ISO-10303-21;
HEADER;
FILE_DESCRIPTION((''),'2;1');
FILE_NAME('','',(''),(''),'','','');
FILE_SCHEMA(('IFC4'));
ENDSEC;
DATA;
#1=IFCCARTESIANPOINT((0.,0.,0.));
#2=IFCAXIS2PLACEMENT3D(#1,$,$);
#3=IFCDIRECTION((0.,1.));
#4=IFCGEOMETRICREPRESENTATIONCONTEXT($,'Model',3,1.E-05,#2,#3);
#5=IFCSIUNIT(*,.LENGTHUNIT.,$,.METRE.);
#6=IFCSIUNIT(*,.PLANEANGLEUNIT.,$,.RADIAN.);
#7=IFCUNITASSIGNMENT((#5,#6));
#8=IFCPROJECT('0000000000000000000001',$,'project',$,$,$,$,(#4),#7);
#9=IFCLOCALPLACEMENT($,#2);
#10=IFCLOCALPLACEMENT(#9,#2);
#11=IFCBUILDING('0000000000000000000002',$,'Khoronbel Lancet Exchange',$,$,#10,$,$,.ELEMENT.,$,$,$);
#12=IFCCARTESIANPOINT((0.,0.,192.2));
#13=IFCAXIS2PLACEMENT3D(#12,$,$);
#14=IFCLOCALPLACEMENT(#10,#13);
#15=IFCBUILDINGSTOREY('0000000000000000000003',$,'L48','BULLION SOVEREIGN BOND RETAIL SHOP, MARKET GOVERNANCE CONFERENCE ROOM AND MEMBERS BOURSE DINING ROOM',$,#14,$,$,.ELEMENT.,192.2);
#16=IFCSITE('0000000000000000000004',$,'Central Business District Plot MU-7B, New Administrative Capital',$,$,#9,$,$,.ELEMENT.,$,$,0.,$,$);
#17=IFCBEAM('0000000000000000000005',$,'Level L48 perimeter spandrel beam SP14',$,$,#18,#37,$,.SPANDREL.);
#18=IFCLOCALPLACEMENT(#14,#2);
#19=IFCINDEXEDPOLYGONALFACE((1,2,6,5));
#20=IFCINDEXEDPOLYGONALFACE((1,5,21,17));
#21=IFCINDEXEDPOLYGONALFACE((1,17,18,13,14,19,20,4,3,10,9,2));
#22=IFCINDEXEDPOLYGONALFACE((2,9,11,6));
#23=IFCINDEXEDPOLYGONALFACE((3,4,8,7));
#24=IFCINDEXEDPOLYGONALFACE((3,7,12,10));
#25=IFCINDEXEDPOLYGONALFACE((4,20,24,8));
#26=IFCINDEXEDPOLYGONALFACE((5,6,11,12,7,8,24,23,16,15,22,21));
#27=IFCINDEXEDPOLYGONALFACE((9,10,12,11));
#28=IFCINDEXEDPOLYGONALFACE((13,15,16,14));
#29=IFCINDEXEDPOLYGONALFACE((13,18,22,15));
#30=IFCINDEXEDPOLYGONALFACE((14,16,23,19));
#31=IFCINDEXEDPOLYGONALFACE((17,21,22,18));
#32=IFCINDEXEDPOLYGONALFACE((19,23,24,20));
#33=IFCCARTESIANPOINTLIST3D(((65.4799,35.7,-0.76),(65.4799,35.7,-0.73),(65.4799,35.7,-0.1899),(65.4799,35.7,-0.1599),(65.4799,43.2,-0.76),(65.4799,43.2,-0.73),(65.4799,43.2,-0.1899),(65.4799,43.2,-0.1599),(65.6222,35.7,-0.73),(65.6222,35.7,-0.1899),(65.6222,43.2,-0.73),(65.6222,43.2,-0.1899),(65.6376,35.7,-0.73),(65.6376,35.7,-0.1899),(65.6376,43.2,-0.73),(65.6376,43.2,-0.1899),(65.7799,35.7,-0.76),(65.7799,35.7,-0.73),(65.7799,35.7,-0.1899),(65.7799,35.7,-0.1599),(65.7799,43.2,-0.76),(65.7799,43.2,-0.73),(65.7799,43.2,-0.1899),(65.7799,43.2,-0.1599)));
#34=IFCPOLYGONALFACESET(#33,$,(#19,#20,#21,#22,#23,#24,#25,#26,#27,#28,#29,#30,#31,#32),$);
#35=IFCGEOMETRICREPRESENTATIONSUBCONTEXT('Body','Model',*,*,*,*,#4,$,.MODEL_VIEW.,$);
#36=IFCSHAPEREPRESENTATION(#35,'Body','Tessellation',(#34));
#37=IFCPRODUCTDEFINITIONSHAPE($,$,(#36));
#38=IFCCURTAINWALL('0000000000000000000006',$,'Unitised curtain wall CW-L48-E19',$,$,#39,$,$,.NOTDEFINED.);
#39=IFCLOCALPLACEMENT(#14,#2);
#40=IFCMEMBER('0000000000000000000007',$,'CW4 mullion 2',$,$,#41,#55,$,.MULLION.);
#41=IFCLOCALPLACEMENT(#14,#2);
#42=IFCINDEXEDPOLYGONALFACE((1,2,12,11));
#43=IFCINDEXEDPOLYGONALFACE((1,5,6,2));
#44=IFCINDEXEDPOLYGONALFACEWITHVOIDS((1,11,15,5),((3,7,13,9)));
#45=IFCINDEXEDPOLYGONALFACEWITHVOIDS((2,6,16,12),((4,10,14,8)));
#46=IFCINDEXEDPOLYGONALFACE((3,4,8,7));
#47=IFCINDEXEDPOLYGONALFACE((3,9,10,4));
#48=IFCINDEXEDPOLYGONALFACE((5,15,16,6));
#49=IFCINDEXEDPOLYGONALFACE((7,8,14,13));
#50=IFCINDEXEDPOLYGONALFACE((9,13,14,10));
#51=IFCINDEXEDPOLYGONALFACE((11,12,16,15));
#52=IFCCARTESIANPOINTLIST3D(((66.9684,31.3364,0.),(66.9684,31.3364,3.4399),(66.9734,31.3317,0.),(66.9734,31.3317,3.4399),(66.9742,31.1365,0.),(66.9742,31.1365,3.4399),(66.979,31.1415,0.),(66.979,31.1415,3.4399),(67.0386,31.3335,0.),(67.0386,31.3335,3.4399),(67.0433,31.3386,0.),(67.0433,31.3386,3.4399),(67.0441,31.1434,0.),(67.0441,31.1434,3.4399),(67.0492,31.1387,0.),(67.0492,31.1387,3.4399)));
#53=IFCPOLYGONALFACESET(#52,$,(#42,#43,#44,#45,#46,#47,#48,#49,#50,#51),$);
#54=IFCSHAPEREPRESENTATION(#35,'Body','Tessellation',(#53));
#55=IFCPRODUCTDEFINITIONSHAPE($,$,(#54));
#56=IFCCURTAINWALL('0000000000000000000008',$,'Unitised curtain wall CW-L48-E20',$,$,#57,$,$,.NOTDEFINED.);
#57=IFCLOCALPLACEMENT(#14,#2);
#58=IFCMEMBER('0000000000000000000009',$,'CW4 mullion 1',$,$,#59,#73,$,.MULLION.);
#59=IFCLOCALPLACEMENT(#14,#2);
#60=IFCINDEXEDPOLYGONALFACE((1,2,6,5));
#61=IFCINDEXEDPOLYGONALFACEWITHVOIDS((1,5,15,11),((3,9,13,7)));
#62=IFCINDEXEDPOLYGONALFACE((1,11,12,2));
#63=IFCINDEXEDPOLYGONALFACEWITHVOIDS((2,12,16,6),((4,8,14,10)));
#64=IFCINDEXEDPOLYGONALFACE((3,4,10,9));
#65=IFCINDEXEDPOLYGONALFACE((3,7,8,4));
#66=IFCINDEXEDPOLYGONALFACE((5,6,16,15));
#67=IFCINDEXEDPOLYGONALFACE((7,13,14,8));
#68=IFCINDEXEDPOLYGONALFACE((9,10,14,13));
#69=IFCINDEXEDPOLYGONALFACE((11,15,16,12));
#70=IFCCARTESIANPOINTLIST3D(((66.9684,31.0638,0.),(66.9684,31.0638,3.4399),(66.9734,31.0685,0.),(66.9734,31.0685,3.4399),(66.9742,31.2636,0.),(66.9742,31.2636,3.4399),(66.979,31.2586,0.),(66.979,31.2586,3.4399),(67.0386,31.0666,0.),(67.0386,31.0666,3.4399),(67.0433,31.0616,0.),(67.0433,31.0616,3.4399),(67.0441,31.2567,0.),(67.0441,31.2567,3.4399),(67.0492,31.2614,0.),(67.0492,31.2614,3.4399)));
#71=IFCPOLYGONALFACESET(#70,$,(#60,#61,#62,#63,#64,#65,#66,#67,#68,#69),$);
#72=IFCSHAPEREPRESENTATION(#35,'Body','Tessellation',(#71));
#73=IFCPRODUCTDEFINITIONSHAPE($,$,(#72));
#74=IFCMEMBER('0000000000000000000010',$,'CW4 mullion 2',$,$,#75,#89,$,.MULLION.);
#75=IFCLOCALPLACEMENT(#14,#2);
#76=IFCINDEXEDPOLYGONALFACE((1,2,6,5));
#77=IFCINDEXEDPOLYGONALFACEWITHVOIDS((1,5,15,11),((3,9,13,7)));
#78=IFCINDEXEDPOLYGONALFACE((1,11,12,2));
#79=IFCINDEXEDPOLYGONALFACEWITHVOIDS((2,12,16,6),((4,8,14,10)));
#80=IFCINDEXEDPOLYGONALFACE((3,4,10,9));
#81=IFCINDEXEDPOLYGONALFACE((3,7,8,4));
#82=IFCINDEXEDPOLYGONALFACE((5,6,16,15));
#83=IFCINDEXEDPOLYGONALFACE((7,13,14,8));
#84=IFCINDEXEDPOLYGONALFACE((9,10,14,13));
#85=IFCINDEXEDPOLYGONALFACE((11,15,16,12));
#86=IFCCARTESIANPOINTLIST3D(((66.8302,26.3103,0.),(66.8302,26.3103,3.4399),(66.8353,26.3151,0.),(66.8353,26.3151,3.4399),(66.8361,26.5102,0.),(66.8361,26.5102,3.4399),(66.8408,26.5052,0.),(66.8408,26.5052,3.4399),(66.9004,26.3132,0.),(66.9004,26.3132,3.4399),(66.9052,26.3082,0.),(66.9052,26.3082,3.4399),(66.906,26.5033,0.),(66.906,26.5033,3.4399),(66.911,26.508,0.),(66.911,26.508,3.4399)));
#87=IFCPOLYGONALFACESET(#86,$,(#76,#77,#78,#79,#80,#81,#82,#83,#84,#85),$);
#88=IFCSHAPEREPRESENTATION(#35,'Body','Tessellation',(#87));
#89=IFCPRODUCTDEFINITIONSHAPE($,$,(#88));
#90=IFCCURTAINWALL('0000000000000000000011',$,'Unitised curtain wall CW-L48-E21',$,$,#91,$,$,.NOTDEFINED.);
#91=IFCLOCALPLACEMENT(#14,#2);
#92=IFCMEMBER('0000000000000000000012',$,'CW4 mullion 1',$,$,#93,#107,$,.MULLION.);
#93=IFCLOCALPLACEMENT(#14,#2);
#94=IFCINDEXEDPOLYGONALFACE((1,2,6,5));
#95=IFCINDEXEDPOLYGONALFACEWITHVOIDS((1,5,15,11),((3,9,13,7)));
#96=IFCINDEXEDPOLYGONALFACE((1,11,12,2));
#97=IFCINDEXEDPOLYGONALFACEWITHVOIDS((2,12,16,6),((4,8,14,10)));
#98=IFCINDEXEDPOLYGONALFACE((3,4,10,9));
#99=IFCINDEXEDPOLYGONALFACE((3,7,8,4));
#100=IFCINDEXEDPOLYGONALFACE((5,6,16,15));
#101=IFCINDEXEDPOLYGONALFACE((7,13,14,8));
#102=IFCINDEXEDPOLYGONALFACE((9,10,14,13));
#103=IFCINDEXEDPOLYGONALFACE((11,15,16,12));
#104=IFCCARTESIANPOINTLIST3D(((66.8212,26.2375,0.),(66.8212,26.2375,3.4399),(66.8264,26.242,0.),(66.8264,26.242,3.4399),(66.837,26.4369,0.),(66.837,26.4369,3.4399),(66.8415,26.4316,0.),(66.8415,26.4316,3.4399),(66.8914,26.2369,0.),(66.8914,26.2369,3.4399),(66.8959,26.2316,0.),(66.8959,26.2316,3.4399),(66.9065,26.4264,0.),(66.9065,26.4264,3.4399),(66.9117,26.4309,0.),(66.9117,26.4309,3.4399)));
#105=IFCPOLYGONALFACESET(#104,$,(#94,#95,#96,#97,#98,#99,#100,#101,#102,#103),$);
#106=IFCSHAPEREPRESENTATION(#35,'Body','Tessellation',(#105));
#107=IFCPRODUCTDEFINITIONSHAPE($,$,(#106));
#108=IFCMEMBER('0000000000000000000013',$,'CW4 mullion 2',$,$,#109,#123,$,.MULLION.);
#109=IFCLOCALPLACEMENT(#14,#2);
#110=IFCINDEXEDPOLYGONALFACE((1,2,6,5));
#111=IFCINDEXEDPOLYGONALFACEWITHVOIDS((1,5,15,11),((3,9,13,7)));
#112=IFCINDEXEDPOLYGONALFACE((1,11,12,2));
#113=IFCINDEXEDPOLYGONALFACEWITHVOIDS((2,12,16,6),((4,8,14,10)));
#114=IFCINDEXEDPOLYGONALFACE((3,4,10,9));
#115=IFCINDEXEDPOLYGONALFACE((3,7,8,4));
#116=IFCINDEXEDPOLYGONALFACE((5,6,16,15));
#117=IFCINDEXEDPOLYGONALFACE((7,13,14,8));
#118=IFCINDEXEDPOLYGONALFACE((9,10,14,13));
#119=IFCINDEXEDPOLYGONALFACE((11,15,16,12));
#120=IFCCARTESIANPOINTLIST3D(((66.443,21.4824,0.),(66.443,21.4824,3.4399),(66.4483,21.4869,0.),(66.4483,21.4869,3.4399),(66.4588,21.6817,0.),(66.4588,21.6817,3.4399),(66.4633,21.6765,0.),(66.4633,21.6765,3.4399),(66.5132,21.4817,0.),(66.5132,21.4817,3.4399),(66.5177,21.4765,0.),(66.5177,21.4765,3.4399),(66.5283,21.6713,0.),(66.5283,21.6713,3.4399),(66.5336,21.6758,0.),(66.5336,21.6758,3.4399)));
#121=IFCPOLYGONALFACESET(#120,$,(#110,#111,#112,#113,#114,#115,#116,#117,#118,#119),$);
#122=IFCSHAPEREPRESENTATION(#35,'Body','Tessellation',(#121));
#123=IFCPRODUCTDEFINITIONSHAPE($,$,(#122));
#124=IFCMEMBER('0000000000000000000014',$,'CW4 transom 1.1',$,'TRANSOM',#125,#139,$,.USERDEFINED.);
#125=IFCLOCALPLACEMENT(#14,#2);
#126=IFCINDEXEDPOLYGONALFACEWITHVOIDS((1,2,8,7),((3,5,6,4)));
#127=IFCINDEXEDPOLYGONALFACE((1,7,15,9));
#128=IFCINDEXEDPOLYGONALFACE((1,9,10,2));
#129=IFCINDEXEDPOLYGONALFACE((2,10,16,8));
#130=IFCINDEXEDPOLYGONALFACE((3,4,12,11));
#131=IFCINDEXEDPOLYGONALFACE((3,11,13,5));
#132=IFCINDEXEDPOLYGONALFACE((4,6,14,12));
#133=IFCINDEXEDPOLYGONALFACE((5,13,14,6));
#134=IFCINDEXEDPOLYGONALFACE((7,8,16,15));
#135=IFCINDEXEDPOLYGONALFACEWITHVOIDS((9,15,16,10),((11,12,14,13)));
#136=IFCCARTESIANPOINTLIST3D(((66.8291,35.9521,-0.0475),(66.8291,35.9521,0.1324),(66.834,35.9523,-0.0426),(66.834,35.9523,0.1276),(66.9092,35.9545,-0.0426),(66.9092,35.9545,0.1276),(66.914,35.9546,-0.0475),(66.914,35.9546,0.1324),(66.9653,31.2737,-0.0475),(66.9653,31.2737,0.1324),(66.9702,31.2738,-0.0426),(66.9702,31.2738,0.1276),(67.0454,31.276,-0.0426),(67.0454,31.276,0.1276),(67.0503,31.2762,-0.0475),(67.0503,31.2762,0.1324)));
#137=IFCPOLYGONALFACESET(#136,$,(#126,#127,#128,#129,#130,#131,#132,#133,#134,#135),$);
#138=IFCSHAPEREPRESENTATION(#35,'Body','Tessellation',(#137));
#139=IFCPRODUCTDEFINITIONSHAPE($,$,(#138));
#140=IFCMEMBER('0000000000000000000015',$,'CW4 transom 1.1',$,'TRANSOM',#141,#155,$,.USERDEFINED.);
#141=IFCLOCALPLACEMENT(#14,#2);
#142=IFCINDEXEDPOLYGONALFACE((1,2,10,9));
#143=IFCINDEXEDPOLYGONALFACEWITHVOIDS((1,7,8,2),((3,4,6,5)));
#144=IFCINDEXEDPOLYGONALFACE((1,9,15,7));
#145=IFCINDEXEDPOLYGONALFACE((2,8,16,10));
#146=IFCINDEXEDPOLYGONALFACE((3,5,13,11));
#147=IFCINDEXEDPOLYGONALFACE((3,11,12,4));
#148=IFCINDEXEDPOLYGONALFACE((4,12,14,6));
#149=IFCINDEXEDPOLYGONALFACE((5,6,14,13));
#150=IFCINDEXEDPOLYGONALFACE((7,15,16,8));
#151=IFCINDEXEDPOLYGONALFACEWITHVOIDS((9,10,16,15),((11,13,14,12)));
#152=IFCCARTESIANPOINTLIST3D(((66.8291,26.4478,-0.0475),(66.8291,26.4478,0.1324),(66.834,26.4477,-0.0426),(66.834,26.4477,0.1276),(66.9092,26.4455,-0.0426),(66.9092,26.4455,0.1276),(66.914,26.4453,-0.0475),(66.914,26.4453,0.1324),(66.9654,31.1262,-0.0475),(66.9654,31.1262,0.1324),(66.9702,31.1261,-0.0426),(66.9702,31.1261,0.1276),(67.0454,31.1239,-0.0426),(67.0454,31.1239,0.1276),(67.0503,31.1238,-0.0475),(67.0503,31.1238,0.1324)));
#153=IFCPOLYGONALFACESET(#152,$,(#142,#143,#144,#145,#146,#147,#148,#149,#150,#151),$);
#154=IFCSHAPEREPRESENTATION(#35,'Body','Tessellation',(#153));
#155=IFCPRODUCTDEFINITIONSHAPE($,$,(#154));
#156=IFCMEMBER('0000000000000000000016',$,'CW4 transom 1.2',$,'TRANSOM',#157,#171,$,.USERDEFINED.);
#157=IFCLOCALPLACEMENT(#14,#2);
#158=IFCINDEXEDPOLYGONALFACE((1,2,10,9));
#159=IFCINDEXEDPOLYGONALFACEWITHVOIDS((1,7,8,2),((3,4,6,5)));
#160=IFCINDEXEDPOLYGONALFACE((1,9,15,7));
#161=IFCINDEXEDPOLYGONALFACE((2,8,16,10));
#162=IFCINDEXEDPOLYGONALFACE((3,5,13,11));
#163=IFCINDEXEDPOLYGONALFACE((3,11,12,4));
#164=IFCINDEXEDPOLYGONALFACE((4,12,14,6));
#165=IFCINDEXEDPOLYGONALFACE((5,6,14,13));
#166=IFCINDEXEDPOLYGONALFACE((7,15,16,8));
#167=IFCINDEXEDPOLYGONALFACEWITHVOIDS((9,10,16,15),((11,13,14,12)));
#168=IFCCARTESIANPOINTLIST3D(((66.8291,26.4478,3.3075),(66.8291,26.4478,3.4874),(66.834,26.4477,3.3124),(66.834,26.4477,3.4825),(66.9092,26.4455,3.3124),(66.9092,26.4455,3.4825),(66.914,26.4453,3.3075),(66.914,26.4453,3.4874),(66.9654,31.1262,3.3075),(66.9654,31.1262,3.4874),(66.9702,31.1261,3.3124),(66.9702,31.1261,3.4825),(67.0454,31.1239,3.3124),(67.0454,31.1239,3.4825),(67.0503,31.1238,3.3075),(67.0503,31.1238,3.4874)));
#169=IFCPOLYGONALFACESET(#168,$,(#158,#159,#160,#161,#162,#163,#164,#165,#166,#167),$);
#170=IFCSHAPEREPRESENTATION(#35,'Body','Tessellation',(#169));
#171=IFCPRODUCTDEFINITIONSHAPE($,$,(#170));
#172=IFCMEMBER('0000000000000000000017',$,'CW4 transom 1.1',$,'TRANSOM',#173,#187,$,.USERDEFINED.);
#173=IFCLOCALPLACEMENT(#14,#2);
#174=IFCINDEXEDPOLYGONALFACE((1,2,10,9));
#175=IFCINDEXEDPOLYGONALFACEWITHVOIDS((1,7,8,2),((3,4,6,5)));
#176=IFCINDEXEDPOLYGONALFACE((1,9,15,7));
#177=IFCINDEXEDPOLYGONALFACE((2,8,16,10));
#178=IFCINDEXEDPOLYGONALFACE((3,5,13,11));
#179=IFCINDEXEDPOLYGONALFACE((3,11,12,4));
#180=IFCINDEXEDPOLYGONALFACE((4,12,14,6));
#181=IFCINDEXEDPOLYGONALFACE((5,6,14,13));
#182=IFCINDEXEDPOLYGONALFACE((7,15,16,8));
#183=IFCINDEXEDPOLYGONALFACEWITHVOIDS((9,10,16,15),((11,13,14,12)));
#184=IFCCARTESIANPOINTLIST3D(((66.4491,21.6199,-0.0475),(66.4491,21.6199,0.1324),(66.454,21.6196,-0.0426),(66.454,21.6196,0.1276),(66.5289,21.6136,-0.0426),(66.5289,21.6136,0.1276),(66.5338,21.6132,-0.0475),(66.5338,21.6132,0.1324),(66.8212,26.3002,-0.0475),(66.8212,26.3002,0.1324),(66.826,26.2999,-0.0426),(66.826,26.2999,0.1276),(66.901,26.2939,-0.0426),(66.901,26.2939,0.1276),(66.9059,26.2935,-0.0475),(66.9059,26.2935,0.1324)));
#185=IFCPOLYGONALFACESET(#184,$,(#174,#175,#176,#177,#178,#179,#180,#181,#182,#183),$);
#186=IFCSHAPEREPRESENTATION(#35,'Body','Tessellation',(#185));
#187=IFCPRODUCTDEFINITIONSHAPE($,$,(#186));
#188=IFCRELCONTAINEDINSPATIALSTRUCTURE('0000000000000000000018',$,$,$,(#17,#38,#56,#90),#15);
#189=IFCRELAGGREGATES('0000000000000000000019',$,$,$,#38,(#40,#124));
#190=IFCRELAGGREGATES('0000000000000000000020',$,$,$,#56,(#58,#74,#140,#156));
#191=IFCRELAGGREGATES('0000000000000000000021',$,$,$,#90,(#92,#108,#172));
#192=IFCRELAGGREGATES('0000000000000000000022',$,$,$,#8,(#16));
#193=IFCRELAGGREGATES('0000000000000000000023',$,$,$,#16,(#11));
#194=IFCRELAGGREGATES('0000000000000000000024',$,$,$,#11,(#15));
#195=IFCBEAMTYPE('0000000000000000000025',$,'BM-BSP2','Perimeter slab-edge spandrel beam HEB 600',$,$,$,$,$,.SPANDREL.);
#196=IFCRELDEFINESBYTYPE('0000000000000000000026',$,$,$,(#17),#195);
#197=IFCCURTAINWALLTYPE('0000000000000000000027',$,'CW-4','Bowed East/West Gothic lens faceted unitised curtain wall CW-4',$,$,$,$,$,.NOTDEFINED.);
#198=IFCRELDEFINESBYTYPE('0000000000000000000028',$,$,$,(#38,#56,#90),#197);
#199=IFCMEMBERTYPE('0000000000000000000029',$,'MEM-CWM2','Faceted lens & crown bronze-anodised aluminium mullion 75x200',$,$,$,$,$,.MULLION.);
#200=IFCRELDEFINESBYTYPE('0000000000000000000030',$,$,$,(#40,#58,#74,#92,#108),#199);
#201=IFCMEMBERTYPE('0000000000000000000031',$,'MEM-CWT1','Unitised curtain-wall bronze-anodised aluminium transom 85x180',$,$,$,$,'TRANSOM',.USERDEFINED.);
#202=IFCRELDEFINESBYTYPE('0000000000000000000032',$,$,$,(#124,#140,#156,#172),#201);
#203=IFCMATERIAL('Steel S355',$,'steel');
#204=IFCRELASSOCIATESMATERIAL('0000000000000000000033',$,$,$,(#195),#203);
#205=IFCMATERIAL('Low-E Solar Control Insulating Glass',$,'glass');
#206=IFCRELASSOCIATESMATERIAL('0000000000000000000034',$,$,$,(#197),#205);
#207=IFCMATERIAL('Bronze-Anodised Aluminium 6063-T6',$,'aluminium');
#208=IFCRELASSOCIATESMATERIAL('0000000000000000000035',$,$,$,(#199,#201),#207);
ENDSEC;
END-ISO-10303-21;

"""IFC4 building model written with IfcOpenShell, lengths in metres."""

from ifc_helpers import new_model, si_unit, direction, frame, origin, origin_2d, place, context, subcontext, project, spatial, hollow_rectangle, i_section, extrude, material, material_profile, profile_set, type_object, element, aggregate, save


model = new_model("IFC4")

# Units and contexts
model_context = context("Model", 3, precision=1e-05, world=origin(), true_north=direction((0.0, 1.0)))
body_context = subcontext(model_context, "Body", "Model", "MODEL_VIEW")
ifc_project = project(units=[si_unit("LENGTHUNIT", "METRE"), si_unit("PLANEANGLEUNIT", "RADIAN")], contexts=[model_context])

# Site, building, storey
site_placement = place(None, origin())
site = spatial("IfcSite", under=ifc_project, at=site_placement, Name="Central Business District Plot MU-7B, New Administrative Capital", CompositionType="ELEMENT", RefElevation=0.0)
building_placement = place(site_placement, origin())
building = spatial("IfcBuilding", under=site, at=building_placement, Name="Khoronbel Lancet Exchange", CompositionType="ELEMENT")
storey_placement = place(building_placement, frame((0.0, 0.0, 192.2)))
storey = spatial("IfcBuildingStorey", under=building, at=storey_placement, Name="L48", Description="BULLION SOVEREIGN BOND RETAIL SHOP, MARKET GOVERNANCE CONFERENCE ROOM AND MEMBERS BOURSE DINING ROOM", CompositionType="ELEMENT", Elevation=192.2)

# Shared definitions
ifc_material_1 = material(Name="Steel S355", Category="steel")

# Beam
ifc_material_profile_1 = material_profile(ifc_material_1, i_section(OverallWidth=0.3, OverallDepth=0.6001, WebThickness=0.0154, FlangeThickness=0.03, at=origin_2d()), Name="HEB 600")
ifc_profile_set_1 = profile_set([ifc_material_profile_1], Name="Steel S355")
beam_type_1 = type_object("IfcBeamType", Name="BM-BSP2", Description="Perimeter slab-edge spandrel beam HEB 600", PredefinedType="SPANDREL", material=ifc_profile_set_1)
beam_1_placement = place(storey_placement, frame((65.6299, 35.7, -0.46), z_axis=(0.0, 1.0, 0.0), x_axis=(-1.0, 0.0, 0.0)))
element("IfcBeam", 1, at=beam_1_placement, inside=storey, type_object=beam_type_1, Name="Level L48 perimeter spandrel beam SP14", PredefinedType="SPANDREL", context=body_context, shape_type="SweptSolid", body=[
    extrude(i_section(OverallWidth=0.3, OverallDepth=0.6001, WebThickness=0.0154, FlangeThickness=0.03, at=origin_2d()), origin(), (0.0, 0.0, 1.0), 7.5),
])

# Curtain wall, member
ifc_material_2 = material(Name="Low-E Solar Control Insulating Glass", Category="glass")
curtain_wall_type = type_object("IfcCurtainWallType", Name="CW-4", Description="Bowed East/West Gothic lens faceted unitised curtain wall CW-4", PredefinedType="NOTDEFINED", material=ifc_material_2)
curtain_wall_1_placement = place(storey_placement, origin())
curtain_wall_1 = element("IfcCurtainWall", 2, at=curtain_wall_1_placement, inside=storey, type_object=curtain_wall_type, Name="Unitised curtain wall CW-L48-E19", PredefinedType="NOTDEFINED")
ifc_material_3 = material(Name="Bronze-Anodised Aluminium 6063-T6", Category="aluminium")
ifc_material_profile_2 = material_profile(ifc_material_3, hollow_rectangle(XDim=0.075, YDim=0.2, WallThickness=0.0049, at=origin_2d()), Name="ALU MULLION 75x200")
ifc_profile_set_2 = profile_set([ifc_material_profile_2], Name="Bronze-Anodised Aluminium 6063-T6")
member_type_1 = type_object("IfcMemberType", Name="MEM-CWM2", Description="Faceted lens & crown bronze-anodised aluminium mullion 75x200", PredefinedType="MULLION", material=ifc_profile_set_2)
member_1_placement = place(storey_placement, frame((67.0088, 31.2375, 0.0), z_axis=(0.0, 0.0, 1.0), x_axis=(0.999576, 0.029107, 0.0)))
member_1 = element("IfcMember", 3, at=member_1_placement, type_object=member_type_1, Name="CW4 mullion 2", PredefinedType="MULLION", context=body_context, shape_type="SweptSolid", body=[
    extrude(hollow_rectangle(XDim=0.075, YDim=0.2, WallThickness=0.0049, at=origin_2d()), origin(), (0.0, 0.0, 1.0), 3.4399),
])

# Curtain walls, members
curtain_wall_2_placement = place(storey_placement, origin())
curtain_wall_2 = element("IfcCurtainWall", 4, at=curtain_wall_2_placement, inside=storey, type_object=curtain_wall_type, Name="Unitised curtain wall CW-L48-E20", PredefinedType="NOTDEFINED")
member_2_placement = place(storey_placement, frame((67.0088, 31.1626, 0.0), z_axis=(0.0, 0.0, 1.0), x_axis=(0.999576, -0.029107, 0.0)))
member_2 = element("IfcMember", 5, at=member_2_placement, type_object=member_type_1, Name="CW4 mullion 1", PredefinedType="MULLION", context=body_context, shape_type="SweptSolid", body=[
    extrude(hollow_rectangle(XDim=0.075, YDim=0.2, WallThickness=0.0049, at=origin_2d()), origin(), (0.0, 0.0, 1.0), 3.4399),
])
member_3_placement = place(storey_placement, frame((66.8706, 26.4092, 0.0), z_axis=(0.0, 0.0, 1.0), x_axis=(0.999576, -0.029107, 0.0)))
member_3 = element("IfcMember", 6, at=member_3_placement, type_object=member_type_1, Name="CW4 mullion 2", PredefinedType="MULLION", context=body_context, shape_type="SweptSolid", body=[
    extrude(hollow_rectangle(XDim=0.075, YDim=0.2, WallThickness=0.0049, at=origin_2d()), origin(), (0.0, 0.0, 1.0), 3.4399),
])
curtain_wall_3_placement = place(storey_placement, origin())
curtain_wall_3 = element("IfcCurtainWall", 7, at=curtain_wall_3_placement, inside=storey, type_object=curtain_wall_type, Name="Unitised curtain wall CW-L48-E21", PredefinedType="NOTDEFINED")
member_4_placement = place(storey_placement, frame((66.8665, 26.3342, 0.0), z_axis=(0.0, 0.0, 1.0), x_axis=(0.996854, -0.079255, 0.0)))
member_4 = element("IfcMember", 8, at=member_4_placement, type_object=member_type_1, Name="CW4 mullion 1", PredefinedType="MULLION", context=body_context, shape_type="SweptSolid", body=[
    extrude(hollow_rectangle(XDim=0.075, YDim=0.2, WallThickness=0.0049, at=origin_2d()), origin(), (0.0, 0.0, 1.0), 3.4399),
])
member_5_placement = place(storey_placement, frame((66.4883, 21.5791, 0.0), z_axis=(0.0, 0.0, 1.0), x_axis=(0.996854, -0.079255, 0.0)))
member_5 = element("IfcMember", 9, at=member_5_placement, type_object=member_type_1, Name="CW4 mullion 2", PredefinedType="MULLION", context=body_context, shape_type="SweptSolid", body=[
    extrude(hollow_rectangle(XDim=0.075, YDim=0.2, WallThickness=0.0049, at=origin_2d()), origin(), (0.0, 0.0, 1.0), 3.4399),
])

# Members
ifc_material_profile_3 = material_profile(ifc_material_3, hollow_rectangle(XDim=0.085, YDim=0.1799, WallThickness=0.0049, at=origin_2d()), Name="ALU TRANSOM 85x180")
ifc_profile_set_3 = profile_set([ifc_material_profile_3], Name="Bronze-Anodised Aluminium 6063-T6")
member_type_2 = type_object("IfcMemberType", Name="MEM-CWT1", Description="Unitised curtain-wall bronze-anodised aluminium transom 85x180", ElementType="TRANSOM", PredefinedType="USERDEFINED", material=ifc_profile_set_3)
member_6_placement = place(storey_placement, frame((66.8716, 35.9534, 0.0425), z_axis=(0.029106, -0.999576, 0.0), x_axis=(0.999576, 0.029106, 0.0)))
member_6 = element("IfcMember", 10, at=member_6_placement, type_object=member_type_2, Name="CW4 transom 1.1", ObjectType="TRANSOM", PredefinedType="USERDEFINED", context=body_context, shape_type="SweptSolid", body=[
    extrude(hollow_rectangle(XDim=0.085, YDim=0.1799, WallThickness=0.0049, at=origin_2d()), origin(), (0.0, 0.0, 1.0), 4.6804),
])
member_7_placement = place(storey_placement, frame((67.0078, 31.125, 0.0425), z_axis=(-0.029106, -0.999576, 0.0), x_axis=(0.999576, -0.029106, 0.0)))
member_7 = element("IfcMember", 11, at=member_7_placement, type_object=member_type_2, Name="CW4 transom 1.1", ObjectType="TRANSOM", PredefinedType="USERDEFINED", context=body_context, shape_type="SweptSolid", body=[
    extrude(hollow_rectangle(XDim=0.085, YDim=0.1799, WallThickness=0.0049, at=origin_2d()), origin(), (0.0, 0.0, 1.0), 4.6804),
])
member_8_placement = place(storey_placement, frame((67.0078, 31.125, 3.3975), z_axis=(-0.029106, -0.999576, 0.0), x_axis=(0.999576, -0.029106, 0.0)))
member_8 = element("IfcMember", 12, at=member_8_placement, type_object=member_type_2, Name="CW4 transom 1.2", ObjectType="TRANSOM", PredefinedType="USERDEFINED", context=body_context, shape_type="SweptSolid", body=[
    extrude(hollow_rectangle(XDim=0.085, YDim=0.1799, WallThickness=0.0049, at=origin_2d()), origin(), (0.0, 0.0, 1.0), 4.6804),
])
member_9_placement = place(storey_placement, frame((66.8635, 26.2969, 0.0425), z_axis=(-0.079245, -0.996855, 0.0), x_axis=(0.996855, -0.079245, 0.0)))
member_9 = element("IfcMember", 13, at=member_9_placement, type_object=member_type_2, Name="CW4 transom 1.1", ObjectType="TRANSOM", PredefinedType="USERDEFINED", context=body_context, shape_type="SweptSolid", body=[
    extrude(hollow_rectangle(XDim=0.085, YDim=0.1799, WallThickness=0.0049, at=origin_2d()), origin(), (0.0, 0.0, 1.0), 4.6951),
])

aggregate(curtain_wall_1, [member_1, member_6])
aggregate(curtain_wall_2, [member_2, member_3, member_7, member_8])
aggregate(curtain_wall_3, [member_4, member_5, member_9])

save(model, "model.ifc")
